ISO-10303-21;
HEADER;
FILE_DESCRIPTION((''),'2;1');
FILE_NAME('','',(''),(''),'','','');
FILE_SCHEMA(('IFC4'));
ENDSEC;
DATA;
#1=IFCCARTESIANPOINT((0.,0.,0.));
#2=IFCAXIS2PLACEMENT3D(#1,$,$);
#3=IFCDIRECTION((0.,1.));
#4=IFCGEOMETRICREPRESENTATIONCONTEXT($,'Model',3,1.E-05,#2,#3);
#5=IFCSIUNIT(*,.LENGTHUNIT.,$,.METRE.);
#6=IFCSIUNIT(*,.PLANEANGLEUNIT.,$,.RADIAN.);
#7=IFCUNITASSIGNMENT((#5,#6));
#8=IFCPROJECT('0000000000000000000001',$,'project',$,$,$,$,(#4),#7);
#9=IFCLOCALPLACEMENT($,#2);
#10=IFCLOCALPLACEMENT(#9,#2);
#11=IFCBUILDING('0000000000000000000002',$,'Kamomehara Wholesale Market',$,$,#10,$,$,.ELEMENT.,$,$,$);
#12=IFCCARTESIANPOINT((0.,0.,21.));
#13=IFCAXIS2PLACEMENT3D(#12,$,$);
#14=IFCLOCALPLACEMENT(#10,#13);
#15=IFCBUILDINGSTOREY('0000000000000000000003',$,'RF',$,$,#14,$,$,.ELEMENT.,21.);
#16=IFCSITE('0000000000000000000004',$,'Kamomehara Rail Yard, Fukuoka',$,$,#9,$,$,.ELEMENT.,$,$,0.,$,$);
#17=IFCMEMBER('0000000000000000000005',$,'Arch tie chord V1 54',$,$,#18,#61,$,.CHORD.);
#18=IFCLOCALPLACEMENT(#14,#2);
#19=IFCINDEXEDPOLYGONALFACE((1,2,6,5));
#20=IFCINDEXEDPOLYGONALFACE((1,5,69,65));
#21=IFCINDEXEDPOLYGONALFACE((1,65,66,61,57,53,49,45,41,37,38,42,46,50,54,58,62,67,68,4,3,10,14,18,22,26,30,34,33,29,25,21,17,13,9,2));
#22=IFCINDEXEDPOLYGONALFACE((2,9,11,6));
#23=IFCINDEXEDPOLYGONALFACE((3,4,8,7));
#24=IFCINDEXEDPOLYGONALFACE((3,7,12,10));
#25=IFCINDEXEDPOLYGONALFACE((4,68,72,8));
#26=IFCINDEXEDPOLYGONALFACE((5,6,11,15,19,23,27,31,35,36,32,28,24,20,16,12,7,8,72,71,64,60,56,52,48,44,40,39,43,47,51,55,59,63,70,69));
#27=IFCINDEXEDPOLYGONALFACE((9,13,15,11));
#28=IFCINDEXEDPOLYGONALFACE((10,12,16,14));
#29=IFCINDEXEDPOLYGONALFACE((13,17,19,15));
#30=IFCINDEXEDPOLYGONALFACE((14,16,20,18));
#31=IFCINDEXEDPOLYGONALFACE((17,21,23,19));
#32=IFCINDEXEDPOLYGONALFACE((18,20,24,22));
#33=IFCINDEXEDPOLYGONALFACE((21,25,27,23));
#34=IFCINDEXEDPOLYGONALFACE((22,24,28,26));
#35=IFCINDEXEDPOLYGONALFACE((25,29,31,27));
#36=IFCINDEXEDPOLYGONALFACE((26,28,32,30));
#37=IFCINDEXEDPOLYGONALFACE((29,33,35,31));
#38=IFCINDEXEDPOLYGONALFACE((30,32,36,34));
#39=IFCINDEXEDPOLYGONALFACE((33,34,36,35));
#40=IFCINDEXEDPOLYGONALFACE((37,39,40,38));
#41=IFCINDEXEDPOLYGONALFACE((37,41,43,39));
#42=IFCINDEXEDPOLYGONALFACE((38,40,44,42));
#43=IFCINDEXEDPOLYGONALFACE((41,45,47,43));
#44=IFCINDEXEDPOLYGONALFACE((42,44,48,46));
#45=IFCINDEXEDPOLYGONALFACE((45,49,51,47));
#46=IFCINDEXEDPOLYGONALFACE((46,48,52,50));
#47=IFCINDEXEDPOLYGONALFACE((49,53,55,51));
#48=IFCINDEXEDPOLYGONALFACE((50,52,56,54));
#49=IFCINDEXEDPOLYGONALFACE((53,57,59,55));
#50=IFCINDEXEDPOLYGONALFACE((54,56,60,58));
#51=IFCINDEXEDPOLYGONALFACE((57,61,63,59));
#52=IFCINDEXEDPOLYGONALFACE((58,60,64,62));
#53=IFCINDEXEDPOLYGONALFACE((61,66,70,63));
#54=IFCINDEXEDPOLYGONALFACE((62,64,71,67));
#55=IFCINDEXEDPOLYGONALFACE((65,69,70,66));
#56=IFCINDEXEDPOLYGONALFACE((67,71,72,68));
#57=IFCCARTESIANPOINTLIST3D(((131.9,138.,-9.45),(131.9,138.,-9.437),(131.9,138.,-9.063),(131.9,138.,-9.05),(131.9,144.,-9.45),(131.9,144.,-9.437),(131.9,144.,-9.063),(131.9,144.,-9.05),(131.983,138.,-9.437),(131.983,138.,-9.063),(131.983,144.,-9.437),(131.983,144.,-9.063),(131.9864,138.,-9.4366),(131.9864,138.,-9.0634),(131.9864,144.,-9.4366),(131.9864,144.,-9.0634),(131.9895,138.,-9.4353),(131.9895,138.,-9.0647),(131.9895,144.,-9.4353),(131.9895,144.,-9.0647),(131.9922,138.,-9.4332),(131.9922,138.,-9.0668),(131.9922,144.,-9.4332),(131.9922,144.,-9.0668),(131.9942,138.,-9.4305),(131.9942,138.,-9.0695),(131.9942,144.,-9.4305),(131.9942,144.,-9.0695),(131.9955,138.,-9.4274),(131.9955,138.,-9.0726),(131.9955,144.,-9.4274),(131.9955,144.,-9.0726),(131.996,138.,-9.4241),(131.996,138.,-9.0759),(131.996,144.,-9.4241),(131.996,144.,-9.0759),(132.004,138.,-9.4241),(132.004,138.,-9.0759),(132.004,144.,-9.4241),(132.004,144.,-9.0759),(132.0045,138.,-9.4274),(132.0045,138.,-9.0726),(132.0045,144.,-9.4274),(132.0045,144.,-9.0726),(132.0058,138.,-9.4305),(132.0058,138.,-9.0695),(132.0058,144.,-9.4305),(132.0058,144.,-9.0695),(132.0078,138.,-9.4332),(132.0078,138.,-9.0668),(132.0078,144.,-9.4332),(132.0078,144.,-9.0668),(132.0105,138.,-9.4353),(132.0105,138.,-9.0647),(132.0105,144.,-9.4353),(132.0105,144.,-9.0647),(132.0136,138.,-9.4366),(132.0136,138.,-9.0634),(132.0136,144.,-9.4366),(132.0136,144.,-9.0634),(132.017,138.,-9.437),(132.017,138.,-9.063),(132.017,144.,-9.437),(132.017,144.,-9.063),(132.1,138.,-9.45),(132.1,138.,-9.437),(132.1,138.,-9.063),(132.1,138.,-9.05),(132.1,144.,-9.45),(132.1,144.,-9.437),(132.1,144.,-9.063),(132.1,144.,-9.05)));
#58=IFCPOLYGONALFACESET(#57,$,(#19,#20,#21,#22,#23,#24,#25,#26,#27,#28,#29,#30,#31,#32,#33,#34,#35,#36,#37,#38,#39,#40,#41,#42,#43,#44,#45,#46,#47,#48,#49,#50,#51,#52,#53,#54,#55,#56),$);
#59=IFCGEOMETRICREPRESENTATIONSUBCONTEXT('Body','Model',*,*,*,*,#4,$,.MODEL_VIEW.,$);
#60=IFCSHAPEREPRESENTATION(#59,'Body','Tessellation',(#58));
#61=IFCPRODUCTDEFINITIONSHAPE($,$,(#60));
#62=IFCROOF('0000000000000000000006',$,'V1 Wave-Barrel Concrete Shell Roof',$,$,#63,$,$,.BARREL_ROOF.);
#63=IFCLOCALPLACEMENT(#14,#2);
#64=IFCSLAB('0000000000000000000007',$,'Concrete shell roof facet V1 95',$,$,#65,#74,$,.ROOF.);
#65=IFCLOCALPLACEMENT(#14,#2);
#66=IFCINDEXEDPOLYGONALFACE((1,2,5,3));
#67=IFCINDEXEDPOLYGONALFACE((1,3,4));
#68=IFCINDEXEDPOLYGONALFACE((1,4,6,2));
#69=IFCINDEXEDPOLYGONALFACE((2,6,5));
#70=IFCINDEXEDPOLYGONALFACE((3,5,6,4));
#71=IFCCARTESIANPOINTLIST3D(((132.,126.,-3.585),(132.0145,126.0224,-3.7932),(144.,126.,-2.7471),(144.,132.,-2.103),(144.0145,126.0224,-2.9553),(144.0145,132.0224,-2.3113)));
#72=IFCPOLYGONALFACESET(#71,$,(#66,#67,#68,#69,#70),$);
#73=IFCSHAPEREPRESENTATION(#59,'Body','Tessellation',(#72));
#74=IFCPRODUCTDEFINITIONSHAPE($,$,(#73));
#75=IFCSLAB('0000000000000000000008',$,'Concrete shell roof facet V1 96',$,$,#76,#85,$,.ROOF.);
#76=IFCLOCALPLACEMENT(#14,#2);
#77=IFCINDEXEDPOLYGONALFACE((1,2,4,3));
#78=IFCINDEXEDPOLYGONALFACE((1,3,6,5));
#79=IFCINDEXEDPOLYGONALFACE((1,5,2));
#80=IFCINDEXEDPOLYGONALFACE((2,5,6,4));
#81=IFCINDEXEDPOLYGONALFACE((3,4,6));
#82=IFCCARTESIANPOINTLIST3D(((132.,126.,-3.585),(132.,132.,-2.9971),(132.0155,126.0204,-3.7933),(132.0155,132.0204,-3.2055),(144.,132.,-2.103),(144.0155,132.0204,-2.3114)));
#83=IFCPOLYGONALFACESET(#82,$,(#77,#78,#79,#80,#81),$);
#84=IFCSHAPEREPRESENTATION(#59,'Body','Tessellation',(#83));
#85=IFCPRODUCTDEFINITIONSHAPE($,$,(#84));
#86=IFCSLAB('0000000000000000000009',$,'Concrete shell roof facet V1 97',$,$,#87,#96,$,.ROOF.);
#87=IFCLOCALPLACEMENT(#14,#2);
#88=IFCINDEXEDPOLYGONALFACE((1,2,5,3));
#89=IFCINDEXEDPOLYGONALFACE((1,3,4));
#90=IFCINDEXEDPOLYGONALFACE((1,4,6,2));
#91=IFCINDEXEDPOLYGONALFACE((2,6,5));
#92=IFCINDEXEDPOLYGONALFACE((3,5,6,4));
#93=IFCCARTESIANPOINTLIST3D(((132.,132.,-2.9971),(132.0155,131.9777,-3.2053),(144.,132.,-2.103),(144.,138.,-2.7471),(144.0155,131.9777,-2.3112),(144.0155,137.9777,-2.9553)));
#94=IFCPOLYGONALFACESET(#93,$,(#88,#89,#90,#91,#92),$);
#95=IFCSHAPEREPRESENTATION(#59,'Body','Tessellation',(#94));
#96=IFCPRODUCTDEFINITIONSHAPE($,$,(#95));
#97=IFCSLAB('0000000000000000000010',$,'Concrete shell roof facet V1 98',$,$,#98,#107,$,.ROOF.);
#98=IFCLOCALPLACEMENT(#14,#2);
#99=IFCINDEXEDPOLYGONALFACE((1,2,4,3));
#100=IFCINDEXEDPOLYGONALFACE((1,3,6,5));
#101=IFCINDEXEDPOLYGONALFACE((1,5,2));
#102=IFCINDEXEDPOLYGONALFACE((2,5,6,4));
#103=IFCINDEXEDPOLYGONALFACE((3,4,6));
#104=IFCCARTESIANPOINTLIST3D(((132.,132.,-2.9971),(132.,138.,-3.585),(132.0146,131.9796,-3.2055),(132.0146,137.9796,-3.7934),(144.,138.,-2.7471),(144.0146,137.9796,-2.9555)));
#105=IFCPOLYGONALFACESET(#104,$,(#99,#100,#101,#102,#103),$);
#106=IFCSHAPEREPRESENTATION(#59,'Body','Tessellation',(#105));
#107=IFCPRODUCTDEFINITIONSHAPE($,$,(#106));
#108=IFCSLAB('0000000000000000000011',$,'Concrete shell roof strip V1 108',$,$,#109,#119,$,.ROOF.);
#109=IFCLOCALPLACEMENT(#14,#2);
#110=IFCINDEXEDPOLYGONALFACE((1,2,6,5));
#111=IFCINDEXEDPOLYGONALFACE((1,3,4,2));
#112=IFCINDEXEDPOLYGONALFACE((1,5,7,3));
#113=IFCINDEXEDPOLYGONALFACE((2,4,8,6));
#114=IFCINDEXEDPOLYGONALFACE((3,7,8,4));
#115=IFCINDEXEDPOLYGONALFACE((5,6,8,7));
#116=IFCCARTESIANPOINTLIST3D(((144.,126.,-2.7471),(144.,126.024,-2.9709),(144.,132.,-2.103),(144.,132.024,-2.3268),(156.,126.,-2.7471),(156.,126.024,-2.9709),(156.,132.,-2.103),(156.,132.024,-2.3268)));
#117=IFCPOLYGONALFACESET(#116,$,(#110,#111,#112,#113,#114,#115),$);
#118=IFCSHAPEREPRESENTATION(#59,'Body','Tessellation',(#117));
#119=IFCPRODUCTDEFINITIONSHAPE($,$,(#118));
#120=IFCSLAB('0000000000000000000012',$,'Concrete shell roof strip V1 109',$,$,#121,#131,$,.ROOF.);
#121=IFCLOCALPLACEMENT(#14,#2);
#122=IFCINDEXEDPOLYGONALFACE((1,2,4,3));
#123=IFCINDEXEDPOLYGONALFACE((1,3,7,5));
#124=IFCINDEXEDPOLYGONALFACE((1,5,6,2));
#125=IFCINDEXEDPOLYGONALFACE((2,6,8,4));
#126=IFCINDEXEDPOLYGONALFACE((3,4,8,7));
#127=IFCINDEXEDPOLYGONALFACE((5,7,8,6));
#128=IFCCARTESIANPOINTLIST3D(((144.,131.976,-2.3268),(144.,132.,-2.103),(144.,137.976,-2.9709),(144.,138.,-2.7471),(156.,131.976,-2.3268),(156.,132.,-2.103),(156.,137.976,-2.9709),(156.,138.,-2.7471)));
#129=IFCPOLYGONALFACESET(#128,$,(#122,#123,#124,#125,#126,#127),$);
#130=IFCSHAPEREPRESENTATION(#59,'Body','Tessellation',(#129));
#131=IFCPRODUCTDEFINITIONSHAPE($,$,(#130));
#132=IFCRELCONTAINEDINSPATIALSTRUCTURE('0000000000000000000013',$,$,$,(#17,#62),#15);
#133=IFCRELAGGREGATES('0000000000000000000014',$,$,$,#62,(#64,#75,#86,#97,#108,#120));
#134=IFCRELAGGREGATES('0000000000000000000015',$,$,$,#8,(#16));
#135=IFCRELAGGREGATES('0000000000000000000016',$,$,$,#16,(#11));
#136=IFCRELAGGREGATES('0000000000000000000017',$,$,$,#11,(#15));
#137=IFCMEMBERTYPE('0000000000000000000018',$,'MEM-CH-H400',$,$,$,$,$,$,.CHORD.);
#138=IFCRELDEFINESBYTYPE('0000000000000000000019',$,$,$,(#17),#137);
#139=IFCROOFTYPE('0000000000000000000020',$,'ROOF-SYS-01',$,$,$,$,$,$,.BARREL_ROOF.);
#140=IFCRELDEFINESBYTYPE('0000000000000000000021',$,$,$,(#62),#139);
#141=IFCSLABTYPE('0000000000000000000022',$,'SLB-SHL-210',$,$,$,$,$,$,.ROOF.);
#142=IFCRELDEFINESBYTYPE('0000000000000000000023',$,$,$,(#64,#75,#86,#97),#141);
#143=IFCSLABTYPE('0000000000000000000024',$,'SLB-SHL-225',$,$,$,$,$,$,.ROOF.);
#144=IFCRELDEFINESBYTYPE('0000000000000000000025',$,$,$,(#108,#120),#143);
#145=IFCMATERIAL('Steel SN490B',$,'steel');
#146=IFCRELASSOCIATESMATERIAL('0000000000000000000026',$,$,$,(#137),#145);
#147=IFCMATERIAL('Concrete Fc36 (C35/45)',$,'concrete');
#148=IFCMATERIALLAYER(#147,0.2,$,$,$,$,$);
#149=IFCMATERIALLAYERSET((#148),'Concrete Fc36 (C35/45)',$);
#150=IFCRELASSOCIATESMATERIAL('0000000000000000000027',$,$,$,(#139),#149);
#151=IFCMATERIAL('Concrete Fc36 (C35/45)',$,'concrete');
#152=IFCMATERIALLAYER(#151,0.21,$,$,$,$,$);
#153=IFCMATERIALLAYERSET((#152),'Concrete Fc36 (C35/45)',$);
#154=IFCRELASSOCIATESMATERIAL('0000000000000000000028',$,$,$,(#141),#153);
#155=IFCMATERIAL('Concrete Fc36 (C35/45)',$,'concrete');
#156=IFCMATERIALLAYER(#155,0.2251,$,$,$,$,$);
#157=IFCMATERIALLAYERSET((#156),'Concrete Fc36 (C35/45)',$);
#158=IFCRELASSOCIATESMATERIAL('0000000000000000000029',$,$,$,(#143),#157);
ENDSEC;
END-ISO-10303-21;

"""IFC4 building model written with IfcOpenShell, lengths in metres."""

from ifc_helpers import new_model, si_unit, direction, frame, origin, origin_2d, place, context, subcontext, project, spatial, polyline, i_section, outline, extrude, material, layer, layer_set, material_profile, profile_set, type_object, element, aggregate, save


model = new_model("IFC4")

# Units and contexts
model_context = context("Model", 3, precision=1e-05, world=origin(), true_north=direction((0.0, 1.0)))
body_context = subcontext(model_context, "Body", "Model", "MODEL_VIEW")
ifc_project = project(units=[si_unit("LENGTHUNIT", "METRE"), si_unit("PLANEANGLEUNIT", "RADIAN")], contexts=[model_context])

# Site, building, storey
site_placement = place(None, origin())
site = spatial("IfcSite", under=ifc_project, at=site_placement, Name="Kamomehara Rail Yard, Fukuoka", CompositionType="ELEMENT", RefElevation=0.0)
building_placement = place(site_placement, origin())
building = spatial("IfcBuilding", under=site, at=building_placement, Name="Kamomehara Wholesale Market", CompositionType="ELEMENT")
storey_placement = place(building_placement, frame((0.0, 0.0, 21.0)))
storey = spatial("IfcBuildingStorey", under=building, at=storey_placement, Name="RF", CompositionType="ELEMENT", Elevation=21.0)

# Member
ifc_material_1 = material(Name="Steel SN490B", Category="steel")
ifc_material_profile_1 = material_profile(ifc_material_1, i_section(OverallWidth=0.2, OverallDepth=0.3999, WebThickness=0.0081, FlangeThickness=0.0129, FilletRadius=0.0129, at=origin_2d()), Name="H-400x200x8x13")
ifc_profile_set_1 = profile_set([ifc_material_profile_1], Name="Steel SN490B")
member_type_1 = type_object("IfcMemberType", Name="MEM-CH-H400", PredefinedType="CHORD", material=ifc_profile_set_1)
for number, where, z_axis, x_axis, name in (
    (1, (132.0, 138.0, -9.25), (0.0, 1.0, 0.0), (-1.0, 0.0, 0.0), "Arch tie chord V1 54"),
):
    element("IfcMember", number, at=place(storey_placement, frame(where, z_axis=z_axis, x_axis=x_axis)), inside=storey, type_object=member_type_1, Name=name, PredefinedType="CHORD", context=body_context, shape_type="SweptSolid", body=[
        extrude(i_section(OverallWidth=0.2, OverallDepth=0.3999, WebThickness=0.0081, FlangeThickness=0.0129, FilletRadius=0.0129, at=origin_2d()), origin(), (0.0, 0.0, 1.0), 6.0),
    ])

# Roof, slabs
ifc_material_2 = material(Name="Concrete Fc36 (C35/45)", Category="concrete")
ifc_layer_1 = layer(ifc_material_2, 0.2)
ifc_layer_set_1 = layer_set([ifc_layer_1], Name="Concrete Fc36 (C35/45)")
roof_type = type_object("IfcRoofType", Name="ROOF-SYS-01", PredefinedType="BARREL_ROOF", material=ifc_layer_set_1)
roof_placement = place(storey_placement, origin())
roof = element("IfcRoof", 2, at=roof_placement, inside=storey, type_object=roof_type, Name="V1 Wave-Barrel Concrete Shell Roof", PredefinedType="BARREL_ROOF")
ifc_material_3 = material(Name="Concrete Fc36 (C35/45)", Category="concrete")
ifc_layer_2 = layer(ifc_material_3, 0.21)
ifc_layer_set_2 = layer_set([ifc_layer_2], Name="Concrete Fc36 (C35/45)")
slab_type_1 = type_object("IfcSlabType", Name="SLB-SHL-210", PredefinedType="ROOF", material=ifc_layer_set_2)
slab_1_placement = place(storey_placement, frame((132.0, 126.0, -3.585), z_axis=(-0.069259, -0.106471, 0.991901), x_axis=(0.997571, 0.0, 0.069655)))
slab_1 = element("IfcSlab", 3, at=slab_1_placement, type_object=slab_type_1, Name="Concrete shell roof facet V1 95", PredefinedType="ROOF", context=body_context, shape_type="SweptSolid", body=[
    extrude(outline(polyline([(0.0, 0.0), (12.0292, 0.0), (12.0741, 6.0343), (0.0, 0.0)])), origin(), (0.0, 0.0, -1.0), 0.21),
])
slab_2_placement = place(storey_placement, frame((132.0, 126.0, -3.585), z_axis=(-0.073946, -0.097248, 0.992509), x_axis=(0.88902, 0.44451, 0.109789)))
slab_2 = element("IfcSlab", 4, at=slab_2_placement, type_object=slab_type_1, Name="Concrete shell roof facet V1 96", PredefinedType="ROOF", context=body_context, shape_type="SweptSolid", body=[
    extrude(outline(polyline([(0.0, 0.0), (13.498, 0.0), (2.7316, 5.3744), (0.0, 0.0)])), origin(), (0.0, 0.0, -1.0), 0.21),
])
slab_3_placement = place(storey_placement, frame((132.0, 132.0, -2.9971), z_axis=(-0.073876, 0.106436, 0.991571), x_axis=(0.997236, 0.0, 0.074298)))
slab_3 = element("IfcSlab", 5, at=slab_3_placement, type_object=slab_type_1, Name="Concrete shell roof facet V1 97", PredefinedType="ROOF", context=body_context, shape_type="SweptSolid", body=[
    extrude(outline(polyline([(0.0, 0.0), (12.0333, 0.0), (11.9854, 6.0343), (0.0, 0.0)])), origin(), (0.0, 0.0, -1.0), 0.21),
])
slab_4_placement = place(storey_placement, frame((132.0, 132.0, -2.9971), z_axis=(-0.069324, 0.09728, 0.99284), x_axis=(0.894272, 0.447136, 0.018631)))
slab_4 = element("IfcSlab", 6, at=slab_4_placement, type_object=slab_type_1, Name="Concrete shell roof facet V1 98", PredefinedType="ROOF", context=body_context, shape_type="SweptSolid", body=[
    extrude(outline(polyline([(0.0, 0.0), (13.4187, 0.0), (2.6719, 5.4043), (0.0, 0.0)])), origin(), (0.0, 0.0, -1.0), 0.21),
])
ifc_material_4 = material(Name="Concrete Fc36 (C35/45)", Category="concrete")
ifc_layer_3 = layer(ifc_material_4, 0.2251)
ifc_layer_set_3 = layer_set([ifc_layer_3], Name="Concrete Fc36 (C35/45)")
slab_type_2 = type_object("IfcSlabType", Name="SLB-SHL-225", PredefinedType="ROOF", material=ifc_layer_set_3)
slab_5_placement = place(storey_placement, frame((144.0, 126.0, -2.7471), z_axis=(0.0, -0.106727, 0.994288), x_axis=(1.0, 0.0, 0.0)))
slab_5 = element("IfcSlab", 7, at=slab_5_placement, type_object=slab_type_2, Name="Concrete shell roof strip V1 108", PredefinedType="ROOF", context=body_context, shape_type="SweptSolid", body=[
    extrude(outline(polyline([(0.0, 0.0), (12.0, 0.0), (12.0, 6.0345), (0.0, 6.0345), (0.0, 0.0)])), origin(), (0.0, 0.0, -1.0), 0.2251),
])
slab_6_placement = place(storey_placement, frame((144.0, 132.0, -2.103), z_axis=(0.0, 0.106727, 0.994288), x_axis=(1.0, 0.0, 0.0)))
slab_6 = element("IfcSlab", 8, at=slab_6_placement, type_object=slab_type_2, Name="Concrete shell roof strip V1 109", PredefinedType="ROOF", context=body_context, shape_type="SweptSolid", body=[
    extrude(outline(polyline([(0.0, 0.0), (12.0, 0.0), (12.0, 6.0345), (0.0, 6.0345), (0.0, 0.0)])), origin(), (0.0, 0.0, -1.0), 0.2251),
])
aggregate(roof, [slab_1, slab_2, slab_3, slab_4, slab_5, slab_6])

save(model, "model.ifc")
